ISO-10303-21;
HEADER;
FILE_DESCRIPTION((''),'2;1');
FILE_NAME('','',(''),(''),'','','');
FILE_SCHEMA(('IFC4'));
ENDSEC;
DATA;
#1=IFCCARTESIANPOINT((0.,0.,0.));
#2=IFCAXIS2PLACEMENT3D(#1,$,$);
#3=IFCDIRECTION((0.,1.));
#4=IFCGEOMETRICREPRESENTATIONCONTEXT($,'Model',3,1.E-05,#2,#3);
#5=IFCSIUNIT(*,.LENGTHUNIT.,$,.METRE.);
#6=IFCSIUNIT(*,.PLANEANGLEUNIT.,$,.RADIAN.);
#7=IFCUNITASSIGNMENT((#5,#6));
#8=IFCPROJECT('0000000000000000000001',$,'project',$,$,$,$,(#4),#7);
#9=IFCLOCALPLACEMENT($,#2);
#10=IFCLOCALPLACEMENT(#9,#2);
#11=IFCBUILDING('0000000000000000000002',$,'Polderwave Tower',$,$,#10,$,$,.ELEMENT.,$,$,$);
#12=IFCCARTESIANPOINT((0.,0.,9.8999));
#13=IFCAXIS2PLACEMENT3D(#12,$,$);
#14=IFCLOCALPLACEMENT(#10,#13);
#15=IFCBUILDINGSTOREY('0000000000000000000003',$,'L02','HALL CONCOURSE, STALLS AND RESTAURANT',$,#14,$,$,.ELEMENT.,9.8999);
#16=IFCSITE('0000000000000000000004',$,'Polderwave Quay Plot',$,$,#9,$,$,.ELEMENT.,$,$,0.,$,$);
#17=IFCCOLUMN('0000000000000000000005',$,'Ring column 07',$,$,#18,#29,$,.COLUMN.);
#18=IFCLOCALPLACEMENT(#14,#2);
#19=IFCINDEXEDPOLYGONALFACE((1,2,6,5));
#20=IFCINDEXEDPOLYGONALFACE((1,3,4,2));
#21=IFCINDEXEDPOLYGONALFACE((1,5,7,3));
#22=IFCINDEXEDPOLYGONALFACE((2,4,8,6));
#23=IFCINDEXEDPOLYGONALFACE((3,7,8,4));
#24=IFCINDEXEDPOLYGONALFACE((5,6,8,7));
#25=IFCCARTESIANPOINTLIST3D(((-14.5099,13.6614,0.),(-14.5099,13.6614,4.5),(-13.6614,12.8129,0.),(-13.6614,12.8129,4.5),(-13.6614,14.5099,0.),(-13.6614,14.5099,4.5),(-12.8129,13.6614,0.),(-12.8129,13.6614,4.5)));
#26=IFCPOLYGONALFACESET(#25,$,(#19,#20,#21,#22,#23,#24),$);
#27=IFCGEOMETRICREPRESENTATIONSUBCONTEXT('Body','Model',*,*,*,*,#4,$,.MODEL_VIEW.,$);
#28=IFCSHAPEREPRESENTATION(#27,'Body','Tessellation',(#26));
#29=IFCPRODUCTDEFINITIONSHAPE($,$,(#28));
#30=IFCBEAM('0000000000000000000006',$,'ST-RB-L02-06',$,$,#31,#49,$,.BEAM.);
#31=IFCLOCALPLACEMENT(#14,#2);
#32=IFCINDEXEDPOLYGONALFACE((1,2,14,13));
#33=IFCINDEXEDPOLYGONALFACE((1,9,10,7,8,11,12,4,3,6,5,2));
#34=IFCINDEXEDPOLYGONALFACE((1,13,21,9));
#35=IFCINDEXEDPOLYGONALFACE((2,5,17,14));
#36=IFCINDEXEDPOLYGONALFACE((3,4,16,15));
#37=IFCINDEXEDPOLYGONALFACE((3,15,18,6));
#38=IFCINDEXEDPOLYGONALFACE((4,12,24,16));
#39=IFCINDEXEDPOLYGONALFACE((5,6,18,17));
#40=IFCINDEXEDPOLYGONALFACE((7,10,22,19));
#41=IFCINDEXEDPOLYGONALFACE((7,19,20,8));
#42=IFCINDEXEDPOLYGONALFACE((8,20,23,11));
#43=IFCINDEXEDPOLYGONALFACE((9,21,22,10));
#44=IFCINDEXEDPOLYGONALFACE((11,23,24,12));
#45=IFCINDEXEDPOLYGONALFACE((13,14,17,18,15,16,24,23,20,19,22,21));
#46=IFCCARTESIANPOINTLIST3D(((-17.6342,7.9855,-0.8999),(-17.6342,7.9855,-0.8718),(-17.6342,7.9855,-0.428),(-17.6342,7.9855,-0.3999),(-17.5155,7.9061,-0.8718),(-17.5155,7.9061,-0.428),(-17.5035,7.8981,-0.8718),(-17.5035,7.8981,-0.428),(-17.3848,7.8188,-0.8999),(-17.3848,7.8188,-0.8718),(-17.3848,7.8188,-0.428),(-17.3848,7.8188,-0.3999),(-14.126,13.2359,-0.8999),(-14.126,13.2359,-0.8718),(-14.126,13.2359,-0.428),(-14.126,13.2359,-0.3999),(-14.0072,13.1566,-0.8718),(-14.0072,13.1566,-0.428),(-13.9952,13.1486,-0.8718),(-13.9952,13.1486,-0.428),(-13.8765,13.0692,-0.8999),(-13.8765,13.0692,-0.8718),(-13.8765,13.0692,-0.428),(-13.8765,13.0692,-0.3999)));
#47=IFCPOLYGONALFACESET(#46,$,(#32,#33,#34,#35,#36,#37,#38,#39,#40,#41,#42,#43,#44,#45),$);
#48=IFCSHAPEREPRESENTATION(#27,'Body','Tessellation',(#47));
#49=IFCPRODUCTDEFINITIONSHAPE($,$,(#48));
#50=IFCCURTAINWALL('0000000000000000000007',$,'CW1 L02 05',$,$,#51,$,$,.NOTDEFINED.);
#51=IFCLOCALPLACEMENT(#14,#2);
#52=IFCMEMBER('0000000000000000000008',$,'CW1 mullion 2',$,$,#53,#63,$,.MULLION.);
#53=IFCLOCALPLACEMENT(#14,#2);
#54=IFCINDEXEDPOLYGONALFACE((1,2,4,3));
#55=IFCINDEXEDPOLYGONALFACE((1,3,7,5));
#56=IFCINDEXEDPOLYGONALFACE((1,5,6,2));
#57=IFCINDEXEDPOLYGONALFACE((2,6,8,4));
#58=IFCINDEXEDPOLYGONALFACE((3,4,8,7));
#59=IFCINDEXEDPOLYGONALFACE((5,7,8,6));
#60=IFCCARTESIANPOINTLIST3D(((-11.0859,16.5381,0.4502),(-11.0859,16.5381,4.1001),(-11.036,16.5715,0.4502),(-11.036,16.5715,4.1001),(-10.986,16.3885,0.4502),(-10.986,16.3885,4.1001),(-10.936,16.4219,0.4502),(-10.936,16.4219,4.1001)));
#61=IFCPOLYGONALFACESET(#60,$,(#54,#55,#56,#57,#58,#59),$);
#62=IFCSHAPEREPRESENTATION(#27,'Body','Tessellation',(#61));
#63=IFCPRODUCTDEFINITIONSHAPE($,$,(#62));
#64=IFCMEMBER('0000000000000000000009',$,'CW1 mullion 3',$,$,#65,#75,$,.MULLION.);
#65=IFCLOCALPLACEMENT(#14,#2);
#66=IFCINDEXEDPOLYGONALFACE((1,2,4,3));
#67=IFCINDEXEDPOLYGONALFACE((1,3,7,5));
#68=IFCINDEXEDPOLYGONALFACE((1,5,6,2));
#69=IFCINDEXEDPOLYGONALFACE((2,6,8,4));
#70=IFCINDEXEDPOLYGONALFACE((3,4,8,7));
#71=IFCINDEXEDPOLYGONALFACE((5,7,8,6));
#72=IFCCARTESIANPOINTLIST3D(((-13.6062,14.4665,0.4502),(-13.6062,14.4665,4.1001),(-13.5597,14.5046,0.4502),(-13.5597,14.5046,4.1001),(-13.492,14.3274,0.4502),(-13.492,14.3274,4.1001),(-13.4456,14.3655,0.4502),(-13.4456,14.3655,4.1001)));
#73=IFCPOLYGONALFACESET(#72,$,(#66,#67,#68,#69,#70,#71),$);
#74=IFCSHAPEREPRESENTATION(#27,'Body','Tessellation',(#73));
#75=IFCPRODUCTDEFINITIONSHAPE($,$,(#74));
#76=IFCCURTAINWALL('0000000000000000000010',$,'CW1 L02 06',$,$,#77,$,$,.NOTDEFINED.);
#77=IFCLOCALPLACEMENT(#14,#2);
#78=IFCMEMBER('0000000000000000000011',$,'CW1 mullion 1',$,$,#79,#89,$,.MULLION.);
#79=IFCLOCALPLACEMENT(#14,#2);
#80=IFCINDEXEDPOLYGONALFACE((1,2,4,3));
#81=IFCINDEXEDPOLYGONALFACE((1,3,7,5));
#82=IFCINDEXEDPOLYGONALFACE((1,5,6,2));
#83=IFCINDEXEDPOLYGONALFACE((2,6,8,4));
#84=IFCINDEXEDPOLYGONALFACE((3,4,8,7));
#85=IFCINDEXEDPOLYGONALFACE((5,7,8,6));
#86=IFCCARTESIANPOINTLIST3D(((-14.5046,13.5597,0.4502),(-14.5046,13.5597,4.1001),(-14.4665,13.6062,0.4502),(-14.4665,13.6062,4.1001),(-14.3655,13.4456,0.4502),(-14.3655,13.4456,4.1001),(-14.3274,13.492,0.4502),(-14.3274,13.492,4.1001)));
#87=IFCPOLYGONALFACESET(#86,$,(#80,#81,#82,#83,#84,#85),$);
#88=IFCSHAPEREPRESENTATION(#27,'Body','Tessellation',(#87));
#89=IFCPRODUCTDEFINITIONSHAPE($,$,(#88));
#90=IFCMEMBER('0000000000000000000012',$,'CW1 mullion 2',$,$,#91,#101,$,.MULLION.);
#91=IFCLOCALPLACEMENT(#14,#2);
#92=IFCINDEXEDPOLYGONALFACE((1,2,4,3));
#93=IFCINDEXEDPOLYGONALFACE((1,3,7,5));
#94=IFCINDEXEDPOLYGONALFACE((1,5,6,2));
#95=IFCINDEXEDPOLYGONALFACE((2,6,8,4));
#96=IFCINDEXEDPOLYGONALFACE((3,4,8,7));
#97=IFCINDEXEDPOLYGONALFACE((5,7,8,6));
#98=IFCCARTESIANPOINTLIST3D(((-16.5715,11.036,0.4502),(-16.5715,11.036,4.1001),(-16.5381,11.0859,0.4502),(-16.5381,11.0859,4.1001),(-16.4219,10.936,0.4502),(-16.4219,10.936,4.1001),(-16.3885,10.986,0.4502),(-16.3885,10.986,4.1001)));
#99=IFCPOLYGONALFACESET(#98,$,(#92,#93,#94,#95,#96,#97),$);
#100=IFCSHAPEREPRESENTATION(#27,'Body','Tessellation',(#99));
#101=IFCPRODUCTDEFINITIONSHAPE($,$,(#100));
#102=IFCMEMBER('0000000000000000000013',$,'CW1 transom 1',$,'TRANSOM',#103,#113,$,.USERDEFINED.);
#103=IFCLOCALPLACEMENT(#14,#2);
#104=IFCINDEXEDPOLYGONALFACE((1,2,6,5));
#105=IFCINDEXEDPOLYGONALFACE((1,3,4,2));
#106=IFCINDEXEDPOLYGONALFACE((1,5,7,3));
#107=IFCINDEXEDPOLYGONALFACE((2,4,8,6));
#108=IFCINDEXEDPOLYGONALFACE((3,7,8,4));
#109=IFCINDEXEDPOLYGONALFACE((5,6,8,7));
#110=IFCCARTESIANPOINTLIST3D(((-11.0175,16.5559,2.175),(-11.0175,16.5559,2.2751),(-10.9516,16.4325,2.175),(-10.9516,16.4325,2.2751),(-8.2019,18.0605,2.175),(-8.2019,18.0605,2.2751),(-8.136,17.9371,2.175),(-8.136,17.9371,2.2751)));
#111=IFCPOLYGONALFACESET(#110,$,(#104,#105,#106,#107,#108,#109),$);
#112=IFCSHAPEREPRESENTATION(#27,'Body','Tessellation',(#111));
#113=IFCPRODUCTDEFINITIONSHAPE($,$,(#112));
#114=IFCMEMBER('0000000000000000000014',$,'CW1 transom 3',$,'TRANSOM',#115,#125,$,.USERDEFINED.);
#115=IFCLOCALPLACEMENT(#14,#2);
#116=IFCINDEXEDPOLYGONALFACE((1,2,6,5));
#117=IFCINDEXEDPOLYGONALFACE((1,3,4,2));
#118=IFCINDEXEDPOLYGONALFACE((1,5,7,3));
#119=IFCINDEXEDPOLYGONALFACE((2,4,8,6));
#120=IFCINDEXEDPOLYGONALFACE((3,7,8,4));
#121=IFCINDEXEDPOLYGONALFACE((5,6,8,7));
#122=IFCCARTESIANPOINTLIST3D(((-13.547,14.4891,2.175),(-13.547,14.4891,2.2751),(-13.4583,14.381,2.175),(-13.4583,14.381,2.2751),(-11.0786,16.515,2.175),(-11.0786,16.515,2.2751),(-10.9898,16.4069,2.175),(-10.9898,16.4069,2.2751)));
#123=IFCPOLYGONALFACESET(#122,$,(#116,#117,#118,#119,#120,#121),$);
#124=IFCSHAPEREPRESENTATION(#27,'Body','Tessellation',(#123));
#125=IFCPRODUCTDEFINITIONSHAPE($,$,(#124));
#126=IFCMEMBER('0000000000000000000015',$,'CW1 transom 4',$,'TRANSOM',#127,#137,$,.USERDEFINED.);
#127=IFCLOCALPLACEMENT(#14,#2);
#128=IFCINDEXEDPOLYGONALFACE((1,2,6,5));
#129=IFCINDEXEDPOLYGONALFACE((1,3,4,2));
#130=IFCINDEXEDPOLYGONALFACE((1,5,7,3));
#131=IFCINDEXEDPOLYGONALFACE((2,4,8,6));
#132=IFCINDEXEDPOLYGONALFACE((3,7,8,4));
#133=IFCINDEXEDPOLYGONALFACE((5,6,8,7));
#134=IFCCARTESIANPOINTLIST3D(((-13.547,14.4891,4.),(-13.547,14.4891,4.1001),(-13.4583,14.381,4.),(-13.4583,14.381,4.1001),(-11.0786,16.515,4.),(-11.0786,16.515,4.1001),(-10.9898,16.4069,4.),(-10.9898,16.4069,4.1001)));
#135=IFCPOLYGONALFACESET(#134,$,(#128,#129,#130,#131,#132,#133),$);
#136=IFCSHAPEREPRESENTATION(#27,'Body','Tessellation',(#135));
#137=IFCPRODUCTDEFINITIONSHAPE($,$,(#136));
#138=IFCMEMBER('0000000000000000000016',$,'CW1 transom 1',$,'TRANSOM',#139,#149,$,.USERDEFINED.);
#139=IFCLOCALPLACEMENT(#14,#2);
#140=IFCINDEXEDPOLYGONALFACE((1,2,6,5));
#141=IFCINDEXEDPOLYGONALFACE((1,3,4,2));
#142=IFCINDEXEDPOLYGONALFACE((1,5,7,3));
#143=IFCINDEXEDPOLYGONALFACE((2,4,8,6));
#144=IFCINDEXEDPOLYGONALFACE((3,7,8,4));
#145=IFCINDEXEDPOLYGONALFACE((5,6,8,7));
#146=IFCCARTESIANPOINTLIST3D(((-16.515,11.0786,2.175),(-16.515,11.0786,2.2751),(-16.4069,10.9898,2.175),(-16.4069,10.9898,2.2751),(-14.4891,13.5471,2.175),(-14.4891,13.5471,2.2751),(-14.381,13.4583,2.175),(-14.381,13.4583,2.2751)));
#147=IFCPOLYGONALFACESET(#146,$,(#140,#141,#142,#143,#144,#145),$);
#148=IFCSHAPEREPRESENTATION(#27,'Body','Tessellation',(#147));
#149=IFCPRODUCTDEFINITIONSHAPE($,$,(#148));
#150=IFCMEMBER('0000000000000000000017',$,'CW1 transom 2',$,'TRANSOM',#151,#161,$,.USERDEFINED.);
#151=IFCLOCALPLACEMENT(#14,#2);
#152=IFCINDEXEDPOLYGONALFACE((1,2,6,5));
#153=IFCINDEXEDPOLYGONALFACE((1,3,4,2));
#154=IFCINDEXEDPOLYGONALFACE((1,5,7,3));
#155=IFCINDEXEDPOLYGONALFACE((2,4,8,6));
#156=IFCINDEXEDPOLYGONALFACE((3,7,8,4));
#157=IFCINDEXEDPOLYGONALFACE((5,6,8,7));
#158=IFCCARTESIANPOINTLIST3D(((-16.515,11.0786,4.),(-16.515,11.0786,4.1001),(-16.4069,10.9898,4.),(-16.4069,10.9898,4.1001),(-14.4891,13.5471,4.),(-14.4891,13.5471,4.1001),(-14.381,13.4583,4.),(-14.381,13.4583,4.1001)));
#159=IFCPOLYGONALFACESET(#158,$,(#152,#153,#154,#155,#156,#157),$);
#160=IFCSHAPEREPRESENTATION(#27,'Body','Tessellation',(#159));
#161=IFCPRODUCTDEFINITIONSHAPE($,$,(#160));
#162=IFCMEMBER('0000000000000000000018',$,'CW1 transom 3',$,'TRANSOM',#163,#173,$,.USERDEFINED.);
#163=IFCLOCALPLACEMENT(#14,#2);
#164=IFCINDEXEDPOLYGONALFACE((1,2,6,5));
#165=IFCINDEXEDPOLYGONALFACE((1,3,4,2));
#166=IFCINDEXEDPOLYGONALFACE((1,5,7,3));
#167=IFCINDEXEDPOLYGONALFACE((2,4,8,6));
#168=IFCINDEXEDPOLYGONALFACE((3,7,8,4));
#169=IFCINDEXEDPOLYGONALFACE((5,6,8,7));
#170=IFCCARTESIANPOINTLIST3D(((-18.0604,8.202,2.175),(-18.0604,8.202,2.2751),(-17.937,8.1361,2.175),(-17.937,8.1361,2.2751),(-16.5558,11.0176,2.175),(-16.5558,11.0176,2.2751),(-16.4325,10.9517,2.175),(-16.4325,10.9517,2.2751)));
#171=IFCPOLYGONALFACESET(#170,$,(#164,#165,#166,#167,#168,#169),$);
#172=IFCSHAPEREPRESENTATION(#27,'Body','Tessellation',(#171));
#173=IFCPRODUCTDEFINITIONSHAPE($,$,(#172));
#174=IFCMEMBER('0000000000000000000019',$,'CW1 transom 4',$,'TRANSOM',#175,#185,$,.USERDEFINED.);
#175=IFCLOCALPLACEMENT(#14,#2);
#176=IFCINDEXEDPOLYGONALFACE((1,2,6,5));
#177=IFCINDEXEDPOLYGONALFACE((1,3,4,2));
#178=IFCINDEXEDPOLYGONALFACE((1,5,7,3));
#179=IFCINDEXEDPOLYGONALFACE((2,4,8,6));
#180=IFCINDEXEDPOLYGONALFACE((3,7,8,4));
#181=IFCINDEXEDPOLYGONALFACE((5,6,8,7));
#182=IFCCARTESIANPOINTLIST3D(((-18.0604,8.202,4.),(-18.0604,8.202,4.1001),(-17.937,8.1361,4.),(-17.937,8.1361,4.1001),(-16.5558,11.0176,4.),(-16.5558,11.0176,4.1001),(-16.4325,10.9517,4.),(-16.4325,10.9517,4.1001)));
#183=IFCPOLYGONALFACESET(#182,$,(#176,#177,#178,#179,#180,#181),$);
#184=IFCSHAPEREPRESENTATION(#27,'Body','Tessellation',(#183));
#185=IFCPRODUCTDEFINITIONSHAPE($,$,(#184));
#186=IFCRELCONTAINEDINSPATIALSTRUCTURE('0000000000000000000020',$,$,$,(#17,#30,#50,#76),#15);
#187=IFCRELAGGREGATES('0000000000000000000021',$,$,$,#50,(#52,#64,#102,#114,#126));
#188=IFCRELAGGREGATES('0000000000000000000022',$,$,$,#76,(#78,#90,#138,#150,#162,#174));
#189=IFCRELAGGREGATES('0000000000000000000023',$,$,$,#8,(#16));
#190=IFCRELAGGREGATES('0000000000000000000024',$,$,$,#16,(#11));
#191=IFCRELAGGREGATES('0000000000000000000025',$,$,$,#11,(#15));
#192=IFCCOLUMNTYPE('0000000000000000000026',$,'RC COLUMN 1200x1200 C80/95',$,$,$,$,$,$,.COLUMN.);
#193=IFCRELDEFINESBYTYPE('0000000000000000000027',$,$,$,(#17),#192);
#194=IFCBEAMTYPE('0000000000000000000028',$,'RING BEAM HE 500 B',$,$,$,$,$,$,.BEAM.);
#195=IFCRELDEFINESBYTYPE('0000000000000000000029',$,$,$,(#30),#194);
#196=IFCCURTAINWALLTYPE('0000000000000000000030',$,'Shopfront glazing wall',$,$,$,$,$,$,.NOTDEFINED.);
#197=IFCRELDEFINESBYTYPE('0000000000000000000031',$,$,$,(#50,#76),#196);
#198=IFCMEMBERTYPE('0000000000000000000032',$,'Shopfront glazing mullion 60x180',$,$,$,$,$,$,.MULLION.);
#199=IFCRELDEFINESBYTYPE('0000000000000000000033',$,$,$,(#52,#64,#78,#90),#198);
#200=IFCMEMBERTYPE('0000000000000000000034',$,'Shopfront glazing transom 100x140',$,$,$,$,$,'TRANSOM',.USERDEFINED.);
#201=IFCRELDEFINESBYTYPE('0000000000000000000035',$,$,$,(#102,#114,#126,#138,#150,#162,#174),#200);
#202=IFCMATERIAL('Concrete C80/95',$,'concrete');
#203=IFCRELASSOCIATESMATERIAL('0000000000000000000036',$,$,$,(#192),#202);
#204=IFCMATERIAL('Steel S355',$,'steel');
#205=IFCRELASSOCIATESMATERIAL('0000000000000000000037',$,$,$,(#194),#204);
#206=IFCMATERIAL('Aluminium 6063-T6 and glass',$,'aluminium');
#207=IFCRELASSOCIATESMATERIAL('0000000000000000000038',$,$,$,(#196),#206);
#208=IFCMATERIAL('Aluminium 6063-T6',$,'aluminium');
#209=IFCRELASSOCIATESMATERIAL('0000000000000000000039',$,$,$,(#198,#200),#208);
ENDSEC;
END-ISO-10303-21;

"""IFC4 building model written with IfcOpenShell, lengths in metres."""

from ifc_helpers import new_model, si_unit, direction, frame, origin, origin_2d, place, context, subcontext, project, spatial, rectangle, i_section, extrude, material, material_profile, profile_set, type_object, element, aggregate, save


model = new_model("IFC4")

# Units and contexts
model_context = context("Model", 3, precision=1e-05, world=origin(), true_north=direction((0.0, 1.0)))
body_context = subcontext(model_context, "Body", "Model", "MODEL_VIEW")
ifc_project = project(units=[si_unit("LENGTHUNIT", "METRE"), si_unit("PLANEANGLEUNIT", "RADIAN")], contexts=[model_context])

# Site, building, storey
site_placement = place(None, origin())
site = spatial("IfcSite", under=ifc_project, at=site_placement, Name="Polderwave Quay Plot", CompositionType="ELEMENT", RefElevation=0.0)
building_placement = place(site_placement, origin())
building = spatial("IfcBuilding", under=site, at=building_placement, Name="Polderwave Tower", CompositionType="ELEMENT")
storey_placement = place(building_placement, frame((0.0, 0.0, 9.8999)))
storey = spatial("IfcBuildingStorey", under=building, at=storey_placement, Name="L02", Description="HALL CONCOURSE, STALLS AND RESTAURANT", CompositionType="ELEMENT", Elevation=9.8999)

# Column
ifc_material_1 = material(Name="Concrete C80/95", Category="concrete")
ifc_material_profile_1 = material_profile(ifc_material_1, rectangle(XDim=1.2, YDim=1.2, at=origin_2d()), Name="RC 1200x1200")
ifc_profile_set_1 = profile_set([ifc_material_profile_1], Name="Concrete C80/95")
column_type = type_object("IfcColumnType", Name="RC COLUMN 1200x1200 C80/95", PredefinedType="COLUMN", material=ifc_profile_set_1)
column_placement = place(storey_placement, frame((-13.6614, 13.6614, 0.0), z_axis=(0.0, 0.0, 1.0), x_axis=(-0.707107, 0.707107, 0.0)))
element("IfcColumn", 1, at=column_placement, inside=storey, type_object=column_type, Name="Ring column 07", PredefinedType="COLUMN", context=body_context, shape_type="SweptSolid", body=[
    extrude(rectangle(XDim=1.2, YDim=1.2, at=origin_2d()), origin(), (0.0, 0.0, 1.0), 4.5),
])

# Beam
ifc_material_2 = material(Name="Steel S355", Category="steel")
ifc_material_profile_2 = material_profile(ifc_material_2, i_section(OverallWidth=0.3, OverallDepth=0.5, WebThickness=0.0144, FlangeThickness=0.0281, at=origin_2d()), Name="HE 500 B")
ifc_profile_set_2 = profile_set([ifc_material_profile_2], Name="Steel S355")
beam_type = type_object("IfcBeamType", Name="RING BEAM HE 500 B", PredefinedType="BEAM", material=ifc_profile_set_2)
beam_placement = place(storey_placement, frame((-14.0012, 13.1526, -0.6499), z_axis=(-0.555574, -0.831467, 0.0), x_axis=(0.831467, -0.555574, 0.0)))
element("IfcBeam", 2, at=beam_placement, inside=storey, type_object=beam_type, Name="ST-RB-L02-06", PredefinedType="BEAM", context=body_context, shape_type="SweptSolid", body=[
    extrude(i_section(OverallWidth=0.3, OverallDepth=0.5, WebThickness=0.0144, FlangeThickness=0.0281, at=origin_2d()), origin(), (0.0, 0.0, 1.0), 6.3147),
])

# Curtain walls, members
ifc_material_3 = material(Name="Aluminium 6063-T6 and glass", Category="aluminium")
curtain_wall_type = type_object("IfcCurtainWallType", Name="Shopfront glazing wall", PredefinedType="NOTDEFINED", material=ifc_material_3)
curtain_wall_1_placement = place(storey_placement, origin())
curtain_wall_1 = element("IfcCurtainWall", 3, at=curtain_wall_1_placement, inside=storey, type_object=curtain_wall_type, Name="CW1 L02 05", PredefinedType="NOTDEFINED")
ifc_material_4 = material(Name="Aluminium 6063-T6", Category="aluminium")
ifc_material_profile_3 = material_profile(ifc_material_4, rectangle(XDim=0.1799, YDim=0.0601, at=origin_2d()), Name="AL 60x180")
ifc_profile_set_3 = profile_set([ifc_material_profile_3], Name="Aluminium 6063-T6")
member_type_1 = type_object("IfcMemberType", Name="Shopfront glazing mullion 60x180", PredefinedType="MULLION", material=ifc_profile_set_3)
member_1_placement = place(storey_placement, frame((-11.011, 16.48, 0.4502), z_axis=(0.0, 0.0, 1.0), x_axis=(0.555535, -0.831493, 0.0)))
member_1 = element("IfcMember", 4, at=member_1_placement, type_object=member_type_1, Name="CW1 mullion 2", PredefinedType="MULLION", context=body_context, shape_type="SweptSolid", body=[
    extrude(rectangle(XDim=0.1799, YDim=0.0601, at=origin_2d()), origin(), (0.0, 0.0, 1.0), 3.6499),
])
member_2_placement = place(storey_placement, frame((-13.5259, 14.416, 0.4502), z_axis=(0.0, 0.0, 1.0), x_axis=(0.634415, -0.772993, 0.0)))
member_2 = element("IfcMember", 5, at=member_2_placement, type_object=member_type_1, Name="CW1 mullion 3", PredefinedType="MULLION", context=body_context, shape_type="SweptSolid", body=[
    extrude(rectangle(XDim=0.1799, YDim=0.0601, at=origin_2d()), origin(), (0.0, 0.0, 1.0), 3.6499),
])
curtain_wall_2_placement = place(storey_placement, origin())
curtain_wall_2 = element("IfcCurtainWall", 6, at=curtain_wall_2_placement, inside=storey, type_object=curtain_wall_type, Name="CW1 L02 06", PredefinedType="NOTDEFINED")
member_3_placement = place(storey_placement, frame((-14.416, 13.5259, 0.4502), z_axis=(0.0, 0.0, 1.0), x_axis=(0.772993, -0.634415, 0.0)))
member_3 = element("IfcMember", 7, at=member_3_placement, type_object=member_type_1, Name="CW1 mullion 1", PredefinedType="MULLION", context=body_context, shape_type="SweptSolid", body=[
    extrude(rectangle(XDim=0.1799, YDim=0.0601, at=origin_2d()), origin(), (0.0, 0.0, 1.0), 3.6499),
])
member_4_placement = place(storey_placement, frame((-16.48, 11.011, 0.4502), z_axis=(0.0, 0.0, 1.0), x_axis=(0.831493, -0.555535, 0.0)))
member_4 = element("IfcMember", 8, at=member_4_placement, type_object=member_type_1, Name="CW1 mullion 2", PredefinedType="MULLION", context=body_context, shape_type="SweptSolid", body=[
    extrude(rectangle(XDim=0.1799, YDim=0.0601, at=origin_2d()), origin(), (0.0, 0.0, 1.0), 3.6499),
])

# Members
ifc_material_profile_4 = material_profile(ifc_material_4, rectangle(XDim=0.1399, YDim=0.1001, at=origin_2d()), Name="AL 100x140")
ifc_profile_set_4 = profile_set([ifc_material_profile_4], Name="Aluminium 6063-T6")
member_type_2 = type_object("IfcMemberType", Name="Shopfront glazing transom 100x140", ElementType="TRANSOM", PredefinedType="USERDEFINED", material=ifc_profile_set_4)
member_5_placement = place(storey_placement, frame((-8.1689, 17.9988, 2.2251), z_axis=(-0.881969, -0.471307, 0.0), x_axis=(0.471307, -0.881969, 0.0)))
member_5 = element("IfcMember", 9, at=member_5_placement, type_object=member_type_2, Name="CW1 transom 1", ObjectType="TRANSOM", PredefinedType="USERDEFINED", context=body_context, shape_type="SweptSolid", body=[
    extrude(rectangle(XDim=0.1399, YDim=0.1001, at=origin_2d()), origin(), (0.0, 0.0, 1.0), 3.1924),
])
member_6_placement = place(storey_placement, frame((-11.0342, 16.4609, 2.2251), z_axis=(-0.773006, -0.634399, 0.0), x_axis=(0.634399, -0.773006, 0.0)))
member_6 = element("IfcMember", 10, at=member_6_placement, type_object=member_type_2, Name="CW1 transom 3", ObjectType="TRANSOM", PredefinedType="USERDEFINED", context=body_context, shape_type="SweptSolid", body=[
    extrude(rectangle(XDim=0.1399, YDim=0.1001, at=origin_2d()), origin(), (0.0, 0.0, 1.0), 3.1934),
])
member_7_placement = place(storey_placement, frame((-11.0342, 16.4609, 4.05), z_axis=(-0.773006, -0.634399, 0.0), x_axis=(0.634399, -0.773006, 0.0)))
member_7 = element("IfcMember", 11, at=member_7_placement, type_object=member_type_2, Name="CW1 transom 4", ObjectType="TRANSOM", PredefinedType="USERDEFINED", context=body_context, shape_type="SweptSolid", body=[
    extrude(rectangle(XDim=0.1399, YDim=0.1001, at=origin_2d()), origin(), (0.0, 0.0, 1.0), 3.1934),
])
member_8_placement = place(storey_placement, frame((-14.4351, 13.5027, 2.2251), z_axis=(-0.634399, -0.773006, 0.0), x_axis=(0.773006, -0.634399, 0.0)))
member_8 = element("IfcMember", 12, at=member_8_placement, type_object=member_type_2, Name="CW1 transom 1", ObjectType="TRANSOM", PredefinedType="USERDEFINED", context=body_context, shape_type="SweptSolid", body=[
    extrude(rectangle(XDim=0.1399, YDim=0.1001, at=origin_2d()), origin(), (0.0, 0.0, 1.0), 3.1934),
])
member_9_placement = place(storey_placement, frame((-14.4351, 13.5027, 4.05), z_axis=(-0.634399, -0.773006, 0.0), x_axis=(0.773006, -0.634399, 0.0)))
member_9 = element("IfcMember", 13, at=member_9_placement, type_object=member_type_2, Name="CW1 transom 2", ObjectType="TRANSOM", PredefinedType="USERDEFINED", context=body_context, shape_type="SweptSolid", body=[
    extrude(rectangle(XDim=0.1399, YDim=0.1001, at=origin_2d()), origin(), (0.0, 0.0, 1.0), 3.1934),
])
member_10_placement = place(storey_placement, frame((-16.4941, 10.9846, 2.2251), z_axis=(-0.471307, -0.881969, 0.0), x_axis=(0.881969, -0.471307, 0.0)))
member_10 = element("IfcMember", 14, at=member_10_placement, type_object=member_type_2, Name="CW1 transom 3", ObjectType="TRANSOM", PredefinedType="USERDEFINED", context=body_context, shape_type="SweptSolid", body=[
    extrude(rectangle(XDim=0.1399, YDim=0.1001, at=origin_2d()), origin(), (0.0, 0.0, 1.0), 3.1924),
])
member_11_placement = place(storey_placement, frame((-16.4941, 10.9846, 4.05), z_axis=(-0.471307, -0.881969, 0.0), x_axis=(0.881969, -0.471307, 0.0)))
member_11 = element("IfcMember", 15, at=member_11_placement, type_object=member_type_2, Name="CW1 transom 4", ObjectType="TRANSOM", PredefinedType="USERDEFINED", context=body_context, shape_type="SweptSolid", body=[
    extrude(rectangle(XDim=0.1399, YDim=0.1001, at=origin_2d()), origin(), (0.0, 0.0, 1.0), 3.1924),
])

aggregate(curtain_wall_1, [member_1, member_2, member_5, member_6, member_7])
aggregate(curtain_wall_2, [member_3, member_4, member_8, member_9, member_10, member_11])

save(model, "model.ifc")
